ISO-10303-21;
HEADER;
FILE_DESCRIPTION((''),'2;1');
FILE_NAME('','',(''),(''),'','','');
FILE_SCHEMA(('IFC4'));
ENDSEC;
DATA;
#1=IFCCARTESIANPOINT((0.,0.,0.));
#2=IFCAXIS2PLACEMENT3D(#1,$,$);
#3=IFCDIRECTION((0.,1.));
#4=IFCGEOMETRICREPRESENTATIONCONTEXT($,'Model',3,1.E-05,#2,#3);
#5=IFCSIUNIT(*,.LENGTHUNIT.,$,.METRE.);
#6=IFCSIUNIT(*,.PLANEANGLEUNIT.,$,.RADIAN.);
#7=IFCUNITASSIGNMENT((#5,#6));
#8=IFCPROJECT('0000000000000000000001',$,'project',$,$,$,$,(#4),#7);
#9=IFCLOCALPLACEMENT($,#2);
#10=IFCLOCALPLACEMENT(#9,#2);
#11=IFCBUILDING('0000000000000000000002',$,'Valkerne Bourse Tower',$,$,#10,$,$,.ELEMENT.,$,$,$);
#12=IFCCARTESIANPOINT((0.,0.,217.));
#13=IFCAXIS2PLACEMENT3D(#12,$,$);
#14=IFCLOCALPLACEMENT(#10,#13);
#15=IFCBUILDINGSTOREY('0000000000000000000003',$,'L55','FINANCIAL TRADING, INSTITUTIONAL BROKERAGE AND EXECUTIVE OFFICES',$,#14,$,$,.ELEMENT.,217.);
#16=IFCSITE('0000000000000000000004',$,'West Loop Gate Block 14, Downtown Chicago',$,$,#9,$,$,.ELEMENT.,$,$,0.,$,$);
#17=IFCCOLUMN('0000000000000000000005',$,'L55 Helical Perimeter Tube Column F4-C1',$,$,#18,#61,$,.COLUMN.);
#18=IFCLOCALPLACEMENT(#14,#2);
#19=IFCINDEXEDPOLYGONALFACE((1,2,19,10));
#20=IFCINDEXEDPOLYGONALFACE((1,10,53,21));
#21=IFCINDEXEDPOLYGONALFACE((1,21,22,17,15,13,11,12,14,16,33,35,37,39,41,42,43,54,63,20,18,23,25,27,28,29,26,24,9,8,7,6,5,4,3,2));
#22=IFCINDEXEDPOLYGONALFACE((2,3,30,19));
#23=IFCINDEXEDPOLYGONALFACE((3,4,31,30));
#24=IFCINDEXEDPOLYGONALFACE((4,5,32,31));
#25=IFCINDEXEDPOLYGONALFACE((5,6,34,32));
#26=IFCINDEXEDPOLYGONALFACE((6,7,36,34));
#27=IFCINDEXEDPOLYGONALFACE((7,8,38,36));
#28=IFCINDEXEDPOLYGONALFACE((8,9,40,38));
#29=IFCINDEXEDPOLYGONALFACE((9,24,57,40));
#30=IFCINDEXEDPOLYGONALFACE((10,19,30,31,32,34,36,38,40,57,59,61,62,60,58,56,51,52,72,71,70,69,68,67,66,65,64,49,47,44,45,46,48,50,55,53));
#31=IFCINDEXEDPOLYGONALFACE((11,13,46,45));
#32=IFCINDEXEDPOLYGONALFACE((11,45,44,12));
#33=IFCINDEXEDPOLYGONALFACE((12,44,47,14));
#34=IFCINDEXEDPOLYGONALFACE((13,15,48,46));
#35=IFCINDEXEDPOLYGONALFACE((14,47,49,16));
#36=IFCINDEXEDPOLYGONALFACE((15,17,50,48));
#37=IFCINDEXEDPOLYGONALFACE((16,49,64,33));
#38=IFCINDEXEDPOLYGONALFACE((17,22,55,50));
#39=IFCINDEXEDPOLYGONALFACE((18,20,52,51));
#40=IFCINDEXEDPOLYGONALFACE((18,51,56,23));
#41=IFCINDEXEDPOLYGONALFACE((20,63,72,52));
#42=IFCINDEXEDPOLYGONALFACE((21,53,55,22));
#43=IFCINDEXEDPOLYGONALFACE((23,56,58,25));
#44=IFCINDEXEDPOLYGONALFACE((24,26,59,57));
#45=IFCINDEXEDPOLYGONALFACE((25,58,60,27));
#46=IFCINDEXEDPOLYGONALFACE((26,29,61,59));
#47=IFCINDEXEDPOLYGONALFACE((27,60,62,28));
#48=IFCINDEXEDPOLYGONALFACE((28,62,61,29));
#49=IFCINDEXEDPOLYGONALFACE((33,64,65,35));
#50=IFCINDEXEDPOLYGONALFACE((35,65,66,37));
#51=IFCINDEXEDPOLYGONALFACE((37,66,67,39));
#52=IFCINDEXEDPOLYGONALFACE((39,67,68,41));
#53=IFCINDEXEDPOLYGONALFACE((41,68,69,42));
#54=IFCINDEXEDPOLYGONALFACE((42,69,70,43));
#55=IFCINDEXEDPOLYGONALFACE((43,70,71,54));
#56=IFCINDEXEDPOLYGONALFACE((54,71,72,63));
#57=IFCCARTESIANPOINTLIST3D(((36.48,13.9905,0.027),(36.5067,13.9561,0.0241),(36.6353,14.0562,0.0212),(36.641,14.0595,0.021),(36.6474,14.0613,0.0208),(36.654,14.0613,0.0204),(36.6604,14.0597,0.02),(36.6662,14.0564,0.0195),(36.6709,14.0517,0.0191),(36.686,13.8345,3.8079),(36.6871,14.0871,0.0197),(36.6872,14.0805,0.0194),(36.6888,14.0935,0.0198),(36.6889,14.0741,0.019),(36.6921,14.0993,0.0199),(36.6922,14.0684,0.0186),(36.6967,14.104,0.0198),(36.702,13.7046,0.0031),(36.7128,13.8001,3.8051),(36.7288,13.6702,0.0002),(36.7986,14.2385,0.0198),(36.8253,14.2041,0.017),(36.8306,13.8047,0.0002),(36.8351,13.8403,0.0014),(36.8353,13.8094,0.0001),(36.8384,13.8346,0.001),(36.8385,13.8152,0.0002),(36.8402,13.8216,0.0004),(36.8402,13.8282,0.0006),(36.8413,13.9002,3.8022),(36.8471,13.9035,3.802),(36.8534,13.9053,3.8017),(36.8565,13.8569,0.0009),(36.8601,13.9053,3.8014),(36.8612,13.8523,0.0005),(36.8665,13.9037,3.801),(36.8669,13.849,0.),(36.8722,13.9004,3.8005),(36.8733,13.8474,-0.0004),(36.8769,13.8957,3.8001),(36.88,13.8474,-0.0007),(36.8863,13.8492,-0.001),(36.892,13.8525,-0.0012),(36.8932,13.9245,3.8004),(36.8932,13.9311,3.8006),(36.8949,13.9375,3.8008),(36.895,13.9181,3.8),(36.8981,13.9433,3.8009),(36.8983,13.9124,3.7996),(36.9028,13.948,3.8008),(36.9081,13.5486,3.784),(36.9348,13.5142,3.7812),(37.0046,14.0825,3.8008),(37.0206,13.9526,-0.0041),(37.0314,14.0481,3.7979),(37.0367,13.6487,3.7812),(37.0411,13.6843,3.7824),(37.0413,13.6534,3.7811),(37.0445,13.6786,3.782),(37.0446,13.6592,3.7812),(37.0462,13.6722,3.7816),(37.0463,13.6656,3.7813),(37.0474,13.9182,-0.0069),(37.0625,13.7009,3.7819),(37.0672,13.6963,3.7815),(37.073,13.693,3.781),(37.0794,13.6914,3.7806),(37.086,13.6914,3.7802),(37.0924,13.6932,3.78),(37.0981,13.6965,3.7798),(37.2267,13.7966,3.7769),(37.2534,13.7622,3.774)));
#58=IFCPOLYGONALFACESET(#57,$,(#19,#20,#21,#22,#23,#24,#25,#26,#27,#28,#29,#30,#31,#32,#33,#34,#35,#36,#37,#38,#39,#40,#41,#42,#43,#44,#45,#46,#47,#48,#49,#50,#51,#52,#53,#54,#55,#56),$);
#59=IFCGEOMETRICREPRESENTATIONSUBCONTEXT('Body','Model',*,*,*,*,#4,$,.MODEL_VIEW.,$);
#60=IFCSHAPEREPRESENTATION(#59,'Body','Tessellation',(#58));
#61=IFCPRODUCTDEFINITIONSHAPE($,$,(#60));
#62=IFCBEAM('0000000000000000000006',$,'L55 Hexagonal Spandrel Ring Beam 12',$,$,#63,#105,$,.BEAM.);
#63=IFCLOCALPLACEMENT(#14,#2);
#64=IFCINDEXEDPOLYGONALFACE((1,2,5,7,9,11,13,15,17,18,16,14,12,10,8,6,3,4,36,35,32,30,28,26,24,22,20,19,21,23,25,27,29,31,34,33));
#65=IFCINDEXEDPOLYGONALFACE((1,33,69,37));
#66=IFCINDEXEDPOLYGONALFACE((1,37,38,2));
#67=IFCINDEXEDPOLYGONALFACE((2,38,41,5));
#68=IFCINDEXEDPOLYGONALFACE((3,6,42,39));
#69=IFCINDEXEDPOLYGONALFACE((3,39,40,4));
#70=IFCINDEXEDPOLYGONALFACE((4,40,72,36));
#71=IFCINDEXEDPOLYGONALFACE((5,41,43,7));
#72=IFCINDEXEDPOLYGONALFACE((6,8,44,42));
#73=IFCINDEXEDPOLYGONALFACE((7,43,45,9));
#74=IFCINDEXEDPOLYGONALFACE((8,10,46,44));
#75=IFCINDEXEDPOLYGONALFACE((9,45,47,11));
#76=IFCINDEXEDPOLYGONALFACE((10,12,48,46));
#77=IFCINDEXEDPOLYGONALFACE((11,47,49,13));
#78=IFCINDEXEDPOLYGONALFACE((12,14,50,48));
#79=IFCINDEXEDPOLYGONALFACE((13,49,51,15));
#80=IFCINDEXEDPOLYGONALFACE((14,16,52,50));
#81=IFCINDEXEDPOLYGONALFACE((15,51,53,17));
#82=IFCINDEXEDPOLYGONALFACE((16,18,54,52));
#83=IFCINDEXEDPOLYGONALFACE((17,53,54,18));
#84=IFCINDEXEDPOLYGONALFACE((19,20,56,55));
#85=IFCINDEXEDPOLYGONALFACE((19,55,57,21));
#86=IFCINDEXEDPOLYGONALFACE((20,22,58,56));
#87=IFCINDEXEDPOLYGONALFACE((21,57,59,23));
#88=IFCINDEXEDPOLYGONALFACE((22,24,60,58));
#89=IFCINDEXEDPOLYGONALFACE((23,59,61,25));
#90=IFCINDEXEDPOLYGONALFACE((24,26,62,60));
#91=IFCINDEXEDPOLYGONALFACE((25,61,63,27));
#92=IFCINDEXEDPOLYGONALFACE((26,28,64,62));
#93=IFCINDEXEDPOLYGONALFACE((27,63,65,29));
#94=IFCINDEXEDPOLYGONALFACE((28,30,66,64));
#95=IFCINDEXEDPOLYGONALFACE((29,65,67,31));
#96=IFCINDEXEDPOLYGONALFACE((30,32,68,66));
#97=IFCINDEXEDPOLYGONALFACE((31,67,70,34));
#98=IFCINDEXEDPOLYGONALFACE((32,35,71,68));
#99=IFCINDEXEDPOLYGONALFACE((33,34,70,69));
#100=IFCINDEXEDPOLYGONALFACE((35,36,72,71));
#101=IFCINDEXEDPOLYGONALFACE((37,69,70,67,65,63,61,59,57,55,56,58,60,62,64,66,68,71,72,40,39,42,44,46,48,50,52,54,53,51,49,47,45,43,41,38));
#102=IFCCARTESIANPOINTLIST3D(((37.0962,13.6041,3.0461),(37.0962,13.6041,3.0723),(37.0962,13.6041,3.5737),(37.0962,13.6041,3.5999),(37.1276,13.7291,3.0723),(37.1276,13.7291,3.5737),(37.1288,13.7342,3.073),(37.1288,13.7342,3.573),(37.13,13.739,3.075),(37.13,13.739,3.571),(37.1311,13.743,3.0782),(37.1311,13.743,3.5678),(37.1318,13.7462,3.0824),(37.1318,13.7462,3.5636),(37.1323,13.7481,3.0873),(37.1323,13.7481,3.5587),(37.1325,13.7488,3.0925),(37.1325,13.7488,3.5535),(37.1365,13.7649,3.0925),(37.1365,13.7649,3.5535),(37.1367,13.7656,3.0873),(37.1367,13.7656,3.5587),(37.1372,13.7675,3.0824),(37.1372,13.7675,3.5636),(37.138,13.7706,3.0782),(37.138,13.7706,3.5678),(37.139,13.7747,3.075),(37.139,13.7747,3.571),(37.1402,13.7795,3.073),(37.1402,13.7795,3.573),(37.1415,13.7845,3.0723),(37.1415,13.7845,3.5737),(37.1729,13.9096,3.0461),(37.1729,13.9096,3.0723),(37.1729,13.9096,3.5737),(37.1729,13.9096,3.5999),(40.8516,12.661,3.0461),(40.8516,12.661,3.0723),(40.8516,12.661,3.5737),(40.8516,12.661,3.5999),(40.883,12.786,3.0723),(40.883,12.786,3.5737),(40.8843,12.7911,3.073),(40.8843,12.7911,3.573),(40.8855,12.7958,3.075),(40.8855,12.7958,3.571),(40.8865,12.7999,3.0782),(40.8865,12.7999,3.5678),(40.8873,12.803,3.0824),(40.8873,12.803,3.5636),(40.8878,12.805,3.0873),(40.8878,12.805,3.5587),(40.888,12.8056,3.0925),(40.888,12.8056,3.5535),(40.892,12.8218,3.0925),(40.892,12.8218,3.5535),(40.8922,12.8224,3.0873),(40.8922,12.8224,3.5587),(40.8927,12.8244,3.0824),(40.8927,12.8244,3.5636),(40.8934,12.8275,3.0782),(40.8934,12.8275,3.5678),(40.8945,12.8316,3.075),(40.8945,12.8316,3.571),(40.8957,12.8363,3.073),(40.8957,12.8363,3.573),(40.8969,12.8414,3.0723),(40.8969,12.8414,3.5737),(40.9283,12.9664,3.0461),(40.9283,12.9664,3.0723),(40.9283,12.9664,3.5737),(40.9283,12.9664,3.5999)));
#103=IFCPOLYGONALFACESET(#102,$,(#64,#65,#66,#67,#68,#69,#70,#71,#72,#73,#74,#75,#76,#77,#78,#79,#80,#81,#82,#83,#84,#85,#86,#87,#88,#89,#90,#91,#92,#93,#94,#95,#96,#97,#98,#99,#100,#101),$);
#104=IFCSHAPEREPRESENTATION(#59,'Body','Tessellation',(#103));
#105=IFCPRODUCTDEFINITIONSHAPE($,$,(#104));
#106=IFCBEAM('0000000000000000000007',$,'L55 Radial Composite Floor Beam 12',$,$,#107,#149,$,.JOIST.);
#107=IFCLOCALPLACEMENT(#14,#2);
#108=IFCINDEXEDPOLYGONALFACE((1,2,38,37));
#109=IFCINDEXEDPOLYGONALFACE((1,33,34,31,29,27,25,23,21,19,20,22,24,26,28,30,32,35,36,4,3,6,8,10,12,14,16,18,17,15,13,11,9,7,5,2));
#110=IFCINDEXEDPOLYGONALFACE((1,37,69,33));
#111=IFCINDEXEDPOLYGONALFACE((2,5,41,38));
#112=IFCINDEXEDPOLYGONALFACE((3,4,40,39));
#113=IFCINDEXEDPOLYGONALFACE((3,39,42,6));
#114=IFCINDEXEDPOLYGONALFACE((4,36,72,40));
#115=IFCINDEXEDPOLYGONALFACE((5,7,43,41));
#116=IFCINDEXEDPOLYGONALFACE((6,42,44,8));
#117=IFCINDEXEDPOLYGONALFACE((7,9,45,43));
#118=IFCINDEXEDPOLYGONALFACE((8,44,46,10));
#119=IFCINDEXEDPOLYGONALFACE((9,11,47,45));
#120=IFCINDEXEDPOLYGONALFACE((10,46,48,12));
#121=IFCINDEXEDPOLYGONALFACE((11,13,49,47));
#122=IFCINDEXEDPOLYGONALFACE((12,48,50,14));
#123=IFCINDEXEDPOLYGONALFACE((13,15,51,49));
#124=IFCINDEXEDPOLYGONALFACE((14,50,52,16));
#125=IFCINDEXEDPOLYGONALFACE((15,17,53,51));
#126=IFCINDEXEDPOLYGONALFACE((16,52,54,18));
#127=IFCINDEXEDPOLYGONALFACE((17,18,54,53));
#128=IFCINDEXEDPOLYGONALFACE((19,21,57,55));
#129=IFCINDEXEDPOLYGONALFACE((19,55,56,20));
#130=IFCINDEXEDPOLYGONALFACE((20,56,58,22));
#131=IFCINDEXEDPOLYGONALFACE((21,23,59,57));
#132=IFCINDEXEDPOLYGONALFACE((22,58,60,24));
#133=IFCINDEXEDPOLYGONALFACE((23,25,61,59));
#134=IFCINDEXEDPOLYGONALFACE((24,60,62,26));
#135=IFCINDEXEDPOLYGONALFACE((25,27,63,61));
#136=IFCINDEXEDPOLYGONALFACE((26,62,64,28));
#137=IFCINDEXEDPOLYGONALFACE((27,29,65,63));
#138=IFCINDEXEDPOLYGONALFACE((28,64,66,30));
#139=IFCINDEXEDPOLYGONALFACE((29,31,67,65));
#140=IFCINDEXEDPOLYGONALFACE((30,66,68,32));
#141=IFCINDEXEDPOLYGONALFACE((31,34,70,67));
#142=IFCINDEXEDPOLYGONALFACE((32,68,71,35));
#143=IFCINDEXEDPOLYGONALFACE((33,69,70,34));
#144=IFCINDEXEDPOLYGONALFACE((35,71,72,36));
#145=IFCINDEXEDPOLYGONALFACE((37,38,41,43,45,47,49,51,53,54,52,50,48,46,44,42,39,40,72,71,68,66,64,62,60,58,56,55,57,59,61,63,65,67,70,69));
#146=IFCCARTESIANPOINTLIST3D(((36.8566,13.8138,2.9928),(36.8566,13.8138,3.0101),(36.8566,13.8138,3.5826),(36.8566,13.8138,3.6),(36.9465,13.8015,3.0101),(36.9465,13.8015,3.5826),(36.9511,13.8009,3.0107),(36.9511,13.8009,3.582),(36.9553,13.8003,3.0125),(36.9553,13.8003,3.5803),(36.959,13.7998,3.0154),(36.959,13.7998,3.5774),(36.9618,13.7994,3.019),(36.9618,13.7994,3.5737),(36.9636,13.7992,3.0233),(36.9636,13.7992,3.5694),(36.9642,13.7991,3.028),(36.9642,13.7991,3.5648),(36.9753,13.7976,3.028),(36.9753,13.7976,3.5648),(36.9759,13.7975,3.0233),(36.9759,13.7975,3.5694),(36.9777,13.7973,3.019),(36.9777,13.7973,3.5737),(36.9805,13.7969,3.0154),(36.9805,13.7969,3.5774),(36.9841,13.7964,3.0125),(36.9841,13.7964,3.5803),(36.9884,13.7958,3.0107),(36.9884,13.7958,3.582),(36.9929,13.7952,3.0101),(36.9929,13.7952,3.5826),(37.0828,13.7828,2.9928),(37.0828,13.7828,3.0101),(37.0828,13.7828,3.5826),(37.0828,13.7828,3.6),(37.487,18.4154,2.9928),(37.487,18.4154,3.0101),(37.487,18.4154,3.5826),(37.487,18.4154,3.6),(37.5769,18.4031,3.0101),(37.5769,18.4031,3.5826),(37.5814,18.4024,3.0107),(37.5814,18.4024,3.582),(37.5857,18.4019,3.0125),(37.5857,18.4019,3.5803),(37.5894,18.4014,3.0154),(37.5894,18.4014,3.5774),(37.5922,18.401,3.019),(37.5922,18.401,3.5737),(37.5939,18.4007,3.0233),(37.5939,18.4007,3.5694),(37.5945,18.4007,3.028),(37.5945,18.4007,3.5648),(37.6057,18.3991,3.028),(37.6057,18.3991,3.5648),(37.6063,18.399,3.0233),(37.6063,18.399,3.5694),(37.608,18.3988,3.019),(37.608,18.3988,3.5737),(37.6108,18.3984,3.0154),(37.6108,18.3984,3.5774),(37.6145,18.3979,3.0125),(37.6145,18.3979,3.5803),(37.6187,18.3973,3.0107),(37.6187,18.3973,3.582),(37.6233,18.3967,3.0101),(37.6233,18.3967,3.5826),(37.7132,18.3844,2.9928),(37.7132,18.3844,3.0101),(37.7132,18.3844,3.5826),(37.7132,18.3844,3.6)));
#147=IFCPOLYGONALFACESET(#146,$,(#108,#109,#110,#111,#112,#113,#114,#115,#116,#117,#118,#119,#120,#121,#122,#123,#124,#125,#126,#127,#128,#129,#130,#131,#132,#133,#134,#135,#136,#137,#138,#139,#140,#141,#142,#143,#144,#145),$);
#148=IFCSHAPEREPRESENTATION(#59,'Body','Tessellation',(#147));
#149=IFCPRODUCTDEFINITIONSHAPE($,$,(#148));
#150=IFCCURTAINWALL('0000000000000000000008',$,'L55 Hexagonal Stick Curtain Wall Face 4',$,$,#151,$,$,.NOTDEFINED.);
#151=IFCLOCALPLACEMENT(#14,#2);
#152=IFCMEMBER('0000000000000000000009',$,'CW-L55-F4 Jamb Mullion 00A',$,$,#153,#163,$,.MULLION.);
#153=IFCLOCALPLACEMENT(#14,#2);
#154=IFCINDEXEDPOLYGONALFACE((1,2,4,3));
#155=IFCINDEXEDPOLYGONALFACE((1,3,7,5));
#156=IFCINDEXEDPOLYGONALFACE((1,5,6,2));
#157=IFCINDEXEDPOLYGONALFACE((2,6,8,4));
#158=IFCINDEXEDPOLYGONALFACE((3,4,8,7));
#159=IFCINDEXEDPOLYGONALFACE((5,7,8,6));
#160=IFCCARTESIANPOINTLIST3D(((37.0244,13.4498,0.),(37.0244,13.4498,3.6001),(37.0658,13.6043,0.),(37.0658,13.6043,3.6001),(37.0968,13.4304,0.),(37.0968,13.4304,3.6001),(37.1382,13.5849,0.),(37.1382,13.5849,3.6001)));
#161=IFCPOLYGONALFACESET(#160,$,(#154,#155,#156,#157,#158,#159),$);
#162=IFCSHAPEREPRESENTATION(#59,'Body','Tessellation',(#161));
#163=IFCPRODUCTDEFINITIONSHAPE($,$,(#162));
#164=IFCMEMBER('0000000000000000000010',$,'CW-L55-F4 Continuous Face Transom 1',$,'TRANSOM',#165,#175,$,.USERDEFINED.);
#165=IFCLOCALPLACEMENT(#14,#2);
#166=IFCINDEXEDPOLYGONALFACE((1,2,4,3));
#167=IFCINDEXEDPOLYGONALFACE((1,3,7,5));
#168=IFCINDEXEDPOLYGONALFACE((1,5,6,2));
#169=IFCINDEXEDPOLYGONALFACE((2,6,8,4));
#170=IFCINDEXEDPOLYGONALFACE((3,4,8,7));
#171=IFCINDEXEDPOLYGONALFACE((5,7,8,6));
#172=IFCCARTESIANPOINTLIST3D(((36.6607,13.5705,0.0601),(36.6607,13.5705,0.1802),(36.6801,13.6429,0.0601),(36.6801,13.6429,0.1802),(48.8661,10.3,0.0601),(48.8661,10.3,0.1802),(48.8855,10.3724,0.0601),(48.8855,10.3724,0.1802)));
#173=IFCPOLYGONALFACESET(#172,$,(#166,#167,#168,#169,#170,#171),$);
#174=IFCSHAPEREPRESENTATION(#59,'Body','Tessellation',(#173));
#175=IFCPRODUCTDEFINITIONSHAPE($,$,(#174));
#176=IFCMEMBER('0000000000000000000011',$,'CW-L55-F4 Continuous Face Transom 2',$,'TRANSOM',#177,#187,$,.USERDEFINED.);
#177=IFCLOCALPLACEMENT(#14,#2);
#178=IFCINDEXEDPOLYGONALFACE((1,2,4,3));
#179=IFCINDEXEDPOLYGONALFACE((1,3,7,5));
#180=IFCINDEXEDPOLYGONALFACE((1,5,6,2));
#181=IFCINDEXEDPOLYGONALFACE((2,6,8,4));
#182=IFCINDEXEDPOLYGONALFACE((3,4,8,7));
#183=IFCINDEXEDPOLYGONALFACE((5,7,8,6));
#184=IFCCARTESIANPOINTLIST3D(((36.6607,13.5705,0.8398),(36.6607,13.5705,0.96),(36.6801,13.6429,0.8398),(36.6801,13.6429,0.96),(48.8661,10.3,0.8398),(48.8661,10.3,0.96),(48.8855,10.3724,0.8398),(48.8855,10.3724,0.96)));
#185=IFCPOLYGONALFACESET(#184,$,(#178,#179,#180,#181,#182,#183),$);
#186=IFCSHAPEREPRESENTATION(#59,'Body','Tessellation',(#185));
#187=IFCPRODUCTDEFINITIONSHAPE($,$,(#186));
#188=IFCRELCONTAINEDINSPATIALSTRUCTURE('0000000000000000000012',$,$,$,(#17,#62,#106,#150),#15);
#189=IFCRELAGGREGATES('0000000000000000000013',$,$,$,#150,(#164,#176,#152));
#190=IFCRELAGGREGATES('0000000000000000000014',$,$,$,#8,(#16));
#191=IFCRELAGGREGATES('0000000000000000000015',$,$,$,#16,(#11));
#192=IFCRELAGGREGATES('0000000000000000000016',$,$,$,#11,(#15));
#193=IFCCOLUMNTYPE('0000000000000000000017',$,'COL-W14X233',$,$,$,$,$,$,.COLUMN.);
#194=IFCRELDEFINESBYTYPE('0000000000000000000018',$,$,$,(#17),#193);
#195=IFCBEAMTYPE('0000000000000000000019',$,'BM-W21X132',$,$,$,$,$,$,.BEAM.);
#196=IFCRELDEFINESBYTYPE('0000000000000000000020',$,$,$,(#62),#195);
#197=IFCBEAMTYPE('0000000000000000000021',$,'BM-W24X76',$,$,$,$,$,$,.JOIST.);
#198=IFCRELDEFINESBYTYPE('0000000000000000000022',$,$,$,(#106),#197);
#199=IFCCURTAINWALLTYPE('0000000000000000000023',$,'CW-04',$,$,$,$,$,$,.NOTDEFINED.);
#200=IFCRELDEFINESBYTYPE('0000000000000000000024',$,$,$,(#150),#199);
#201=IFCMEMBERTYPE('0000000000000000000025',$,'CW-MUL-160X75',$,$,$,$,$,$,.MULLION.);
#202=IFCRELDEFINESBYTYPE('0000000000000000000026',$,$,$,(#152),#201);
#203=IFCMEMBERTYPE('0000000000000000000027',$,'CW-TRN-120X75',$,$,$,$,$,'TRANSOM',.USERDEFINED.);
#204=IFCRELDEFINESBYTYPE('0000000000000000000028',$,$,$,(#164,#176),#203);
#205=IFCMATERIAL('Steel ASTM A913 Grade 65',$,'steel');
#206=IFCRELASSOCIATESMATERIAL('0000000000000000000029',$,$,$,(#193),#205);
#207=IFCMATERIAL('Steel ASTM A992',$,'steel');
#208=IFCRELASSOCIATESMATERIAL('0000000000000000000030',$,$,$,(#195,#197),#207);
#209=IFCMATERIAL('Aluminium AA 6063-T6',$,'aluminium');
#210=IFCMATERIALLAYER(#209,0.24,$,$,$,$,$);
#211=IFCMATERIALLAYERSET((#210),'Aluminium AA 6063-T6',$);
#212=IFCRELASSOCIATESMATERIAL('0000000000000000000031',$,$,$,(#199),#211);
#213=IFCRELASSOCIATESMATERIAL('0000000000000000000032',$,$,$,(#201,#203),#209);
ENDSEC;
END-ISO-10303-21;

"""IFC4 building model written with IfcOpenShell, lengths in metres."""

from ifc_helpers import new_model, si_unit, direction, frame, origin, origin_2d, place, context, subcontext, project, spatial, rectangle, i_section, extrude, material, layer, layer_set, material_profile, profile_set, type_object, element, aggregate, save


model = new_model("IFC4")

# Units and contexts
model_context = context("Model", 3, precision=1e-05, world=origin(), true_north=direction((0.0, 1.0)))
body_context = subcontext(model_context, "Body", "Model", "MODEL_VIEW")
ifc_project = project(units=[si_unit("LENGTHUNIT", "METRE"), si_unit("PLANEANGLEUNIT", "RADIAN")], contexts=[model_context])

# Site, building, storey
site_placement = place(None, origin())
site = spatial("IfcSite", under=ifc_project, at=site_placement, Name="West Loop Gate Block 14, Downtown Chicago", CompositionType="ELEMENT", RefElevation=0.0)
building_placement = place(site_placement, origin())
building = spatial("IfcBuilding", under=site, at=building_placement, Name="Valkerne Bourse Tower", CompositionType="ELEMENT")
storey_placement = place(building_placement, frame((0.0, 0.0, 217.0)))
storey = spatial("IfcBuildingStorey", under=building, at=storey_placement, Name="L55", Description="FINANCIAL TRADING, INSTITUTIONAL BROKERAGE AND EXECUTIVE OFFICES", CompositionType="ELEMENT", Elevation=217.0)

# Column
ifc_material_1 = material(Name="Steel ASTM A913 Grade 65", Category="steel")
ifc_material_profile_1 = material_profile(ifc_material_1, i_section(OverallWidth=0.4038, OverallDepth=0.4065, WebThickness=0.0271, FlangeThickness=0.0437, FilletRadius=0.0254, at=origin_2d()), Name="W14X233")
ifc_profile_set_1 = profile_set([ifc_material_profile_1], Name="Steel ASTM A913 Grade 65")
column_type = type_object("IfcColumnType", Name="COL-W14X233", PredefinedType="COLUMN", material=ifc_profile_set_1)
column_placement = place(storey_placement, frame((36.7637, 13.9543, 0.01), z_axis=(0.05437, -0.041164, 0.997672), x_axis=(0.788922, 0.61424, -0.01765)))
element("IfcColumn", 1, at=column_placement, inside=storey, type_object=column_type, Name="L55 Helical Perimeter Tube Column F4-C1", PredefinedType="COLUMN", context=body_context, shape_type="SweptSolid", body=[
    extrude(i_section(OverallWidth=0.4038, OverallDepth=0.4065, WebThickness=0.0271, FlangeThickness=0.0437, FilletRadius=0.0254, at=origin_2d()), origin(), (0.0, 0.0, 1.0), 3.7898),
])

# Beams
ifc_material_2 = material(Name="Steel ASTM A992", Category="steel")
ifc_material_profile_2 = material_profile(ifc_material_2, i_section(OverallWidth=0.3149, OverallDepth=0.5537, WebThickness=0.0166, FlangeThickness=0.0261, FilletRadius=0.0203, at=origin_2d()), Name="W21X132")
ifc_profile_set_2 = profile_set([ifc_material_profile_2], Name="Steel ASTM A992")
beam_type_1 = type_object("IfcBeamType", Name="BM-W21X132", PredefinedType="BEAM", material=ifc_profile_set_2)
beam_1_placement = place(storey_placement, frame((37.1345, 13.7568, 3.323), z_axis=(0.969882, -0.243574, 0.0), x_axis=(0.243574, 0.969882, 0.0)))
element("IfcBeam", 2, at=beam_1_placement, inside=storey, type_object=beam_type_1, Name="L55 Hexagonal Spandrel Ring Beam 12", PredefinedType="BEAM", context=body_context, shape_type="SweptSolid", body=[
    extrude(i_section(OverallWidth=0.3149, OverallDepth=0.5537, WebThickness=0.0166, FlangeThickness=0.0261, FilletRadius=0.0203, at=origin_2d()), origin(), (0.0, 0.0, 1.0), 3.8721),
])
ifc_material_profile_3 = material_profile(ifc_material_2, i_section(OverallWidth=0.2283, OverallDepth=0.6072, WebThickness=0.0112, FlangeThickness=0.0173, FilletRadius=0.0178, at=origin_2d()), Name="W24X76")
ifc_profile_set_3 = profile_set([ifc_material_profile_3], Name="Steel ASTM A992")
beam_type_2 = type_object("IfcBeamType", Name="BM-W24X76", PredefinedType="JOIST", material=ifc_profile_set_3)
beam_2_placement = place(storey_placement, frame((36.9697, 13.7983, 3.2964), z_axis=(0.135723, 0.990747, 0.0), x_axis=(-0.990747, 0.135723, 0.0)))
element("IfcBeam", 3, at=beam_2_placement, inside=storey, type_object=beam_type_2, Name="L55 Radial Composite Floor Beam 12", PredefinedType="JOIST", context=body_context, shape_type="SweptSolid", body=[
    extrude(i_section(OverallWidth=0.2283, OverallDepth=0.6072, WebThickness=0.0112, FlangeThickness=0.0173, FilletRadius=0.0178, at=origin_2d()), origin(), (0.0, 0.0, 1.0), 4.6445),
])

# Curtain wall, members
ifc_material_3 = material(Name="Aluminium AA 6063-T6", Category="aluminium")
ifc_layer_1 = layer(ifc_material_3, 0.24)
ifc_layer_set_1 = layer_set([ifc_layer_1], Name="Aluminium AA 6063-T6")
curtain_wall_type = type_object("IfcCurtainWallType", Name="CW-04", PredefinedType="NOTDEFINED", material=ifc_layer_set_1)
curtain_wall_placement = place(storey_placement, origin())
curtain_wall = element("IfcCurtainWall", 4, at=curtain_wall_placement, inside=storey, type_object=curtain_wall_type, Name="L55 Hexagonal Stick Curtain Wall Face 4", PredefinedType="NOTDEFINED")
ifc_material_profile_4 = material_profile(ifc_material_3, rectangle(XDim=0.075, YDim=0.1599, at=origin_2d()), Name="CWM-75X160")
ifc_profile_set_4 = profile_set([ifc_material_profile_4], Name="Aluminium AA 6063-T6")
member_type_1 = type_object("IfcMemberType", Name="CW-MUL-160X75", PredefinedType="MULLION", material=ifc_profile_set_4)
member_1_placement = place(storey_placement, frame((37.0813, 13.5173, 0.0), z_axis=(0.0, 0.0, 1.0), x_axis=(0.965921, -0.258836, 0.0)))
member_1 = element("IfcMember", 5, at=member_1_placement, type_object=member_type_1, Name="CW-L55-F4 Jamb Mullion 00A", PredefinedType="MULLION", context=body_context, shape_type="SweptSolid", body=[
    extrude(rectangle(XDim=0.075, YDim=0.1599, at=origin_2d()), origin(), (0.0, 0.0, 1.0), 3.6001),
])
ifc_material_profile_5 = material_profile(ifc_material_3, rectangle(XDim=0.075, YDim=0.1201, at=origin_2d()), Name="CWT-75X120")
ifc_profile_set_5 = profile_set([ifc_material_profile_5], Name="Aluminium AA 6063-T6")
member_type_2 = type_object("IfcMemberType", Name="CW-TRN-120X75", ElementType="TRANSOM", PredefinedType="USERDEFINED", material=ifc_profile_set_5)
member_2_placement = place(storey_placement, frame((36.6704, 13.6067, 0.1201), z_axis=(0.965924, -0.258827, 0.0), x_axis=(0.258827, 0.965924, 0.0)))
member_2 = element("IfcMember", 6, at=member_2_placement, type_object=member_type_2, Name="CW-L55-F4 Continuous Face Transom 1", ObjectType="TRANSOM", PredefinedType="USERDEFINED", context=body_context, shape_type="SweptSolid", body=[
    extrude(rectangle(XDim=0.075, YDim=0.1201, at=origin_2d()), origin(), (0.0, 0.0, 1.0), 12.636),
])
member_3_placement = place(storey_placement, frame((36.6704, 13.6067, 0.8999), z_axis=(0.965924, -0.258827, 0.0), x_axis=(0.258827, 0.965924, 0.0)))
member_3 = element("IfcMember", 7, at=member_3_placement, type_object=member_type_2, Name="CW-L55-F4 Continuous Face Transom 2", ObjectType="TRANSOM", PredefinedType="USERDEFINED", context=body_context, shape_type="SweptSolid", body=[
    extrude(rectangle(XDim=0.075, YDim=0.1201, at=origin_2d()), origin(), (0.0, 0.0, 1.0), 12.636),
])

aggregate(curtain_wall, [member_2, member_3, member_1])

save(model, "model.ifc")
